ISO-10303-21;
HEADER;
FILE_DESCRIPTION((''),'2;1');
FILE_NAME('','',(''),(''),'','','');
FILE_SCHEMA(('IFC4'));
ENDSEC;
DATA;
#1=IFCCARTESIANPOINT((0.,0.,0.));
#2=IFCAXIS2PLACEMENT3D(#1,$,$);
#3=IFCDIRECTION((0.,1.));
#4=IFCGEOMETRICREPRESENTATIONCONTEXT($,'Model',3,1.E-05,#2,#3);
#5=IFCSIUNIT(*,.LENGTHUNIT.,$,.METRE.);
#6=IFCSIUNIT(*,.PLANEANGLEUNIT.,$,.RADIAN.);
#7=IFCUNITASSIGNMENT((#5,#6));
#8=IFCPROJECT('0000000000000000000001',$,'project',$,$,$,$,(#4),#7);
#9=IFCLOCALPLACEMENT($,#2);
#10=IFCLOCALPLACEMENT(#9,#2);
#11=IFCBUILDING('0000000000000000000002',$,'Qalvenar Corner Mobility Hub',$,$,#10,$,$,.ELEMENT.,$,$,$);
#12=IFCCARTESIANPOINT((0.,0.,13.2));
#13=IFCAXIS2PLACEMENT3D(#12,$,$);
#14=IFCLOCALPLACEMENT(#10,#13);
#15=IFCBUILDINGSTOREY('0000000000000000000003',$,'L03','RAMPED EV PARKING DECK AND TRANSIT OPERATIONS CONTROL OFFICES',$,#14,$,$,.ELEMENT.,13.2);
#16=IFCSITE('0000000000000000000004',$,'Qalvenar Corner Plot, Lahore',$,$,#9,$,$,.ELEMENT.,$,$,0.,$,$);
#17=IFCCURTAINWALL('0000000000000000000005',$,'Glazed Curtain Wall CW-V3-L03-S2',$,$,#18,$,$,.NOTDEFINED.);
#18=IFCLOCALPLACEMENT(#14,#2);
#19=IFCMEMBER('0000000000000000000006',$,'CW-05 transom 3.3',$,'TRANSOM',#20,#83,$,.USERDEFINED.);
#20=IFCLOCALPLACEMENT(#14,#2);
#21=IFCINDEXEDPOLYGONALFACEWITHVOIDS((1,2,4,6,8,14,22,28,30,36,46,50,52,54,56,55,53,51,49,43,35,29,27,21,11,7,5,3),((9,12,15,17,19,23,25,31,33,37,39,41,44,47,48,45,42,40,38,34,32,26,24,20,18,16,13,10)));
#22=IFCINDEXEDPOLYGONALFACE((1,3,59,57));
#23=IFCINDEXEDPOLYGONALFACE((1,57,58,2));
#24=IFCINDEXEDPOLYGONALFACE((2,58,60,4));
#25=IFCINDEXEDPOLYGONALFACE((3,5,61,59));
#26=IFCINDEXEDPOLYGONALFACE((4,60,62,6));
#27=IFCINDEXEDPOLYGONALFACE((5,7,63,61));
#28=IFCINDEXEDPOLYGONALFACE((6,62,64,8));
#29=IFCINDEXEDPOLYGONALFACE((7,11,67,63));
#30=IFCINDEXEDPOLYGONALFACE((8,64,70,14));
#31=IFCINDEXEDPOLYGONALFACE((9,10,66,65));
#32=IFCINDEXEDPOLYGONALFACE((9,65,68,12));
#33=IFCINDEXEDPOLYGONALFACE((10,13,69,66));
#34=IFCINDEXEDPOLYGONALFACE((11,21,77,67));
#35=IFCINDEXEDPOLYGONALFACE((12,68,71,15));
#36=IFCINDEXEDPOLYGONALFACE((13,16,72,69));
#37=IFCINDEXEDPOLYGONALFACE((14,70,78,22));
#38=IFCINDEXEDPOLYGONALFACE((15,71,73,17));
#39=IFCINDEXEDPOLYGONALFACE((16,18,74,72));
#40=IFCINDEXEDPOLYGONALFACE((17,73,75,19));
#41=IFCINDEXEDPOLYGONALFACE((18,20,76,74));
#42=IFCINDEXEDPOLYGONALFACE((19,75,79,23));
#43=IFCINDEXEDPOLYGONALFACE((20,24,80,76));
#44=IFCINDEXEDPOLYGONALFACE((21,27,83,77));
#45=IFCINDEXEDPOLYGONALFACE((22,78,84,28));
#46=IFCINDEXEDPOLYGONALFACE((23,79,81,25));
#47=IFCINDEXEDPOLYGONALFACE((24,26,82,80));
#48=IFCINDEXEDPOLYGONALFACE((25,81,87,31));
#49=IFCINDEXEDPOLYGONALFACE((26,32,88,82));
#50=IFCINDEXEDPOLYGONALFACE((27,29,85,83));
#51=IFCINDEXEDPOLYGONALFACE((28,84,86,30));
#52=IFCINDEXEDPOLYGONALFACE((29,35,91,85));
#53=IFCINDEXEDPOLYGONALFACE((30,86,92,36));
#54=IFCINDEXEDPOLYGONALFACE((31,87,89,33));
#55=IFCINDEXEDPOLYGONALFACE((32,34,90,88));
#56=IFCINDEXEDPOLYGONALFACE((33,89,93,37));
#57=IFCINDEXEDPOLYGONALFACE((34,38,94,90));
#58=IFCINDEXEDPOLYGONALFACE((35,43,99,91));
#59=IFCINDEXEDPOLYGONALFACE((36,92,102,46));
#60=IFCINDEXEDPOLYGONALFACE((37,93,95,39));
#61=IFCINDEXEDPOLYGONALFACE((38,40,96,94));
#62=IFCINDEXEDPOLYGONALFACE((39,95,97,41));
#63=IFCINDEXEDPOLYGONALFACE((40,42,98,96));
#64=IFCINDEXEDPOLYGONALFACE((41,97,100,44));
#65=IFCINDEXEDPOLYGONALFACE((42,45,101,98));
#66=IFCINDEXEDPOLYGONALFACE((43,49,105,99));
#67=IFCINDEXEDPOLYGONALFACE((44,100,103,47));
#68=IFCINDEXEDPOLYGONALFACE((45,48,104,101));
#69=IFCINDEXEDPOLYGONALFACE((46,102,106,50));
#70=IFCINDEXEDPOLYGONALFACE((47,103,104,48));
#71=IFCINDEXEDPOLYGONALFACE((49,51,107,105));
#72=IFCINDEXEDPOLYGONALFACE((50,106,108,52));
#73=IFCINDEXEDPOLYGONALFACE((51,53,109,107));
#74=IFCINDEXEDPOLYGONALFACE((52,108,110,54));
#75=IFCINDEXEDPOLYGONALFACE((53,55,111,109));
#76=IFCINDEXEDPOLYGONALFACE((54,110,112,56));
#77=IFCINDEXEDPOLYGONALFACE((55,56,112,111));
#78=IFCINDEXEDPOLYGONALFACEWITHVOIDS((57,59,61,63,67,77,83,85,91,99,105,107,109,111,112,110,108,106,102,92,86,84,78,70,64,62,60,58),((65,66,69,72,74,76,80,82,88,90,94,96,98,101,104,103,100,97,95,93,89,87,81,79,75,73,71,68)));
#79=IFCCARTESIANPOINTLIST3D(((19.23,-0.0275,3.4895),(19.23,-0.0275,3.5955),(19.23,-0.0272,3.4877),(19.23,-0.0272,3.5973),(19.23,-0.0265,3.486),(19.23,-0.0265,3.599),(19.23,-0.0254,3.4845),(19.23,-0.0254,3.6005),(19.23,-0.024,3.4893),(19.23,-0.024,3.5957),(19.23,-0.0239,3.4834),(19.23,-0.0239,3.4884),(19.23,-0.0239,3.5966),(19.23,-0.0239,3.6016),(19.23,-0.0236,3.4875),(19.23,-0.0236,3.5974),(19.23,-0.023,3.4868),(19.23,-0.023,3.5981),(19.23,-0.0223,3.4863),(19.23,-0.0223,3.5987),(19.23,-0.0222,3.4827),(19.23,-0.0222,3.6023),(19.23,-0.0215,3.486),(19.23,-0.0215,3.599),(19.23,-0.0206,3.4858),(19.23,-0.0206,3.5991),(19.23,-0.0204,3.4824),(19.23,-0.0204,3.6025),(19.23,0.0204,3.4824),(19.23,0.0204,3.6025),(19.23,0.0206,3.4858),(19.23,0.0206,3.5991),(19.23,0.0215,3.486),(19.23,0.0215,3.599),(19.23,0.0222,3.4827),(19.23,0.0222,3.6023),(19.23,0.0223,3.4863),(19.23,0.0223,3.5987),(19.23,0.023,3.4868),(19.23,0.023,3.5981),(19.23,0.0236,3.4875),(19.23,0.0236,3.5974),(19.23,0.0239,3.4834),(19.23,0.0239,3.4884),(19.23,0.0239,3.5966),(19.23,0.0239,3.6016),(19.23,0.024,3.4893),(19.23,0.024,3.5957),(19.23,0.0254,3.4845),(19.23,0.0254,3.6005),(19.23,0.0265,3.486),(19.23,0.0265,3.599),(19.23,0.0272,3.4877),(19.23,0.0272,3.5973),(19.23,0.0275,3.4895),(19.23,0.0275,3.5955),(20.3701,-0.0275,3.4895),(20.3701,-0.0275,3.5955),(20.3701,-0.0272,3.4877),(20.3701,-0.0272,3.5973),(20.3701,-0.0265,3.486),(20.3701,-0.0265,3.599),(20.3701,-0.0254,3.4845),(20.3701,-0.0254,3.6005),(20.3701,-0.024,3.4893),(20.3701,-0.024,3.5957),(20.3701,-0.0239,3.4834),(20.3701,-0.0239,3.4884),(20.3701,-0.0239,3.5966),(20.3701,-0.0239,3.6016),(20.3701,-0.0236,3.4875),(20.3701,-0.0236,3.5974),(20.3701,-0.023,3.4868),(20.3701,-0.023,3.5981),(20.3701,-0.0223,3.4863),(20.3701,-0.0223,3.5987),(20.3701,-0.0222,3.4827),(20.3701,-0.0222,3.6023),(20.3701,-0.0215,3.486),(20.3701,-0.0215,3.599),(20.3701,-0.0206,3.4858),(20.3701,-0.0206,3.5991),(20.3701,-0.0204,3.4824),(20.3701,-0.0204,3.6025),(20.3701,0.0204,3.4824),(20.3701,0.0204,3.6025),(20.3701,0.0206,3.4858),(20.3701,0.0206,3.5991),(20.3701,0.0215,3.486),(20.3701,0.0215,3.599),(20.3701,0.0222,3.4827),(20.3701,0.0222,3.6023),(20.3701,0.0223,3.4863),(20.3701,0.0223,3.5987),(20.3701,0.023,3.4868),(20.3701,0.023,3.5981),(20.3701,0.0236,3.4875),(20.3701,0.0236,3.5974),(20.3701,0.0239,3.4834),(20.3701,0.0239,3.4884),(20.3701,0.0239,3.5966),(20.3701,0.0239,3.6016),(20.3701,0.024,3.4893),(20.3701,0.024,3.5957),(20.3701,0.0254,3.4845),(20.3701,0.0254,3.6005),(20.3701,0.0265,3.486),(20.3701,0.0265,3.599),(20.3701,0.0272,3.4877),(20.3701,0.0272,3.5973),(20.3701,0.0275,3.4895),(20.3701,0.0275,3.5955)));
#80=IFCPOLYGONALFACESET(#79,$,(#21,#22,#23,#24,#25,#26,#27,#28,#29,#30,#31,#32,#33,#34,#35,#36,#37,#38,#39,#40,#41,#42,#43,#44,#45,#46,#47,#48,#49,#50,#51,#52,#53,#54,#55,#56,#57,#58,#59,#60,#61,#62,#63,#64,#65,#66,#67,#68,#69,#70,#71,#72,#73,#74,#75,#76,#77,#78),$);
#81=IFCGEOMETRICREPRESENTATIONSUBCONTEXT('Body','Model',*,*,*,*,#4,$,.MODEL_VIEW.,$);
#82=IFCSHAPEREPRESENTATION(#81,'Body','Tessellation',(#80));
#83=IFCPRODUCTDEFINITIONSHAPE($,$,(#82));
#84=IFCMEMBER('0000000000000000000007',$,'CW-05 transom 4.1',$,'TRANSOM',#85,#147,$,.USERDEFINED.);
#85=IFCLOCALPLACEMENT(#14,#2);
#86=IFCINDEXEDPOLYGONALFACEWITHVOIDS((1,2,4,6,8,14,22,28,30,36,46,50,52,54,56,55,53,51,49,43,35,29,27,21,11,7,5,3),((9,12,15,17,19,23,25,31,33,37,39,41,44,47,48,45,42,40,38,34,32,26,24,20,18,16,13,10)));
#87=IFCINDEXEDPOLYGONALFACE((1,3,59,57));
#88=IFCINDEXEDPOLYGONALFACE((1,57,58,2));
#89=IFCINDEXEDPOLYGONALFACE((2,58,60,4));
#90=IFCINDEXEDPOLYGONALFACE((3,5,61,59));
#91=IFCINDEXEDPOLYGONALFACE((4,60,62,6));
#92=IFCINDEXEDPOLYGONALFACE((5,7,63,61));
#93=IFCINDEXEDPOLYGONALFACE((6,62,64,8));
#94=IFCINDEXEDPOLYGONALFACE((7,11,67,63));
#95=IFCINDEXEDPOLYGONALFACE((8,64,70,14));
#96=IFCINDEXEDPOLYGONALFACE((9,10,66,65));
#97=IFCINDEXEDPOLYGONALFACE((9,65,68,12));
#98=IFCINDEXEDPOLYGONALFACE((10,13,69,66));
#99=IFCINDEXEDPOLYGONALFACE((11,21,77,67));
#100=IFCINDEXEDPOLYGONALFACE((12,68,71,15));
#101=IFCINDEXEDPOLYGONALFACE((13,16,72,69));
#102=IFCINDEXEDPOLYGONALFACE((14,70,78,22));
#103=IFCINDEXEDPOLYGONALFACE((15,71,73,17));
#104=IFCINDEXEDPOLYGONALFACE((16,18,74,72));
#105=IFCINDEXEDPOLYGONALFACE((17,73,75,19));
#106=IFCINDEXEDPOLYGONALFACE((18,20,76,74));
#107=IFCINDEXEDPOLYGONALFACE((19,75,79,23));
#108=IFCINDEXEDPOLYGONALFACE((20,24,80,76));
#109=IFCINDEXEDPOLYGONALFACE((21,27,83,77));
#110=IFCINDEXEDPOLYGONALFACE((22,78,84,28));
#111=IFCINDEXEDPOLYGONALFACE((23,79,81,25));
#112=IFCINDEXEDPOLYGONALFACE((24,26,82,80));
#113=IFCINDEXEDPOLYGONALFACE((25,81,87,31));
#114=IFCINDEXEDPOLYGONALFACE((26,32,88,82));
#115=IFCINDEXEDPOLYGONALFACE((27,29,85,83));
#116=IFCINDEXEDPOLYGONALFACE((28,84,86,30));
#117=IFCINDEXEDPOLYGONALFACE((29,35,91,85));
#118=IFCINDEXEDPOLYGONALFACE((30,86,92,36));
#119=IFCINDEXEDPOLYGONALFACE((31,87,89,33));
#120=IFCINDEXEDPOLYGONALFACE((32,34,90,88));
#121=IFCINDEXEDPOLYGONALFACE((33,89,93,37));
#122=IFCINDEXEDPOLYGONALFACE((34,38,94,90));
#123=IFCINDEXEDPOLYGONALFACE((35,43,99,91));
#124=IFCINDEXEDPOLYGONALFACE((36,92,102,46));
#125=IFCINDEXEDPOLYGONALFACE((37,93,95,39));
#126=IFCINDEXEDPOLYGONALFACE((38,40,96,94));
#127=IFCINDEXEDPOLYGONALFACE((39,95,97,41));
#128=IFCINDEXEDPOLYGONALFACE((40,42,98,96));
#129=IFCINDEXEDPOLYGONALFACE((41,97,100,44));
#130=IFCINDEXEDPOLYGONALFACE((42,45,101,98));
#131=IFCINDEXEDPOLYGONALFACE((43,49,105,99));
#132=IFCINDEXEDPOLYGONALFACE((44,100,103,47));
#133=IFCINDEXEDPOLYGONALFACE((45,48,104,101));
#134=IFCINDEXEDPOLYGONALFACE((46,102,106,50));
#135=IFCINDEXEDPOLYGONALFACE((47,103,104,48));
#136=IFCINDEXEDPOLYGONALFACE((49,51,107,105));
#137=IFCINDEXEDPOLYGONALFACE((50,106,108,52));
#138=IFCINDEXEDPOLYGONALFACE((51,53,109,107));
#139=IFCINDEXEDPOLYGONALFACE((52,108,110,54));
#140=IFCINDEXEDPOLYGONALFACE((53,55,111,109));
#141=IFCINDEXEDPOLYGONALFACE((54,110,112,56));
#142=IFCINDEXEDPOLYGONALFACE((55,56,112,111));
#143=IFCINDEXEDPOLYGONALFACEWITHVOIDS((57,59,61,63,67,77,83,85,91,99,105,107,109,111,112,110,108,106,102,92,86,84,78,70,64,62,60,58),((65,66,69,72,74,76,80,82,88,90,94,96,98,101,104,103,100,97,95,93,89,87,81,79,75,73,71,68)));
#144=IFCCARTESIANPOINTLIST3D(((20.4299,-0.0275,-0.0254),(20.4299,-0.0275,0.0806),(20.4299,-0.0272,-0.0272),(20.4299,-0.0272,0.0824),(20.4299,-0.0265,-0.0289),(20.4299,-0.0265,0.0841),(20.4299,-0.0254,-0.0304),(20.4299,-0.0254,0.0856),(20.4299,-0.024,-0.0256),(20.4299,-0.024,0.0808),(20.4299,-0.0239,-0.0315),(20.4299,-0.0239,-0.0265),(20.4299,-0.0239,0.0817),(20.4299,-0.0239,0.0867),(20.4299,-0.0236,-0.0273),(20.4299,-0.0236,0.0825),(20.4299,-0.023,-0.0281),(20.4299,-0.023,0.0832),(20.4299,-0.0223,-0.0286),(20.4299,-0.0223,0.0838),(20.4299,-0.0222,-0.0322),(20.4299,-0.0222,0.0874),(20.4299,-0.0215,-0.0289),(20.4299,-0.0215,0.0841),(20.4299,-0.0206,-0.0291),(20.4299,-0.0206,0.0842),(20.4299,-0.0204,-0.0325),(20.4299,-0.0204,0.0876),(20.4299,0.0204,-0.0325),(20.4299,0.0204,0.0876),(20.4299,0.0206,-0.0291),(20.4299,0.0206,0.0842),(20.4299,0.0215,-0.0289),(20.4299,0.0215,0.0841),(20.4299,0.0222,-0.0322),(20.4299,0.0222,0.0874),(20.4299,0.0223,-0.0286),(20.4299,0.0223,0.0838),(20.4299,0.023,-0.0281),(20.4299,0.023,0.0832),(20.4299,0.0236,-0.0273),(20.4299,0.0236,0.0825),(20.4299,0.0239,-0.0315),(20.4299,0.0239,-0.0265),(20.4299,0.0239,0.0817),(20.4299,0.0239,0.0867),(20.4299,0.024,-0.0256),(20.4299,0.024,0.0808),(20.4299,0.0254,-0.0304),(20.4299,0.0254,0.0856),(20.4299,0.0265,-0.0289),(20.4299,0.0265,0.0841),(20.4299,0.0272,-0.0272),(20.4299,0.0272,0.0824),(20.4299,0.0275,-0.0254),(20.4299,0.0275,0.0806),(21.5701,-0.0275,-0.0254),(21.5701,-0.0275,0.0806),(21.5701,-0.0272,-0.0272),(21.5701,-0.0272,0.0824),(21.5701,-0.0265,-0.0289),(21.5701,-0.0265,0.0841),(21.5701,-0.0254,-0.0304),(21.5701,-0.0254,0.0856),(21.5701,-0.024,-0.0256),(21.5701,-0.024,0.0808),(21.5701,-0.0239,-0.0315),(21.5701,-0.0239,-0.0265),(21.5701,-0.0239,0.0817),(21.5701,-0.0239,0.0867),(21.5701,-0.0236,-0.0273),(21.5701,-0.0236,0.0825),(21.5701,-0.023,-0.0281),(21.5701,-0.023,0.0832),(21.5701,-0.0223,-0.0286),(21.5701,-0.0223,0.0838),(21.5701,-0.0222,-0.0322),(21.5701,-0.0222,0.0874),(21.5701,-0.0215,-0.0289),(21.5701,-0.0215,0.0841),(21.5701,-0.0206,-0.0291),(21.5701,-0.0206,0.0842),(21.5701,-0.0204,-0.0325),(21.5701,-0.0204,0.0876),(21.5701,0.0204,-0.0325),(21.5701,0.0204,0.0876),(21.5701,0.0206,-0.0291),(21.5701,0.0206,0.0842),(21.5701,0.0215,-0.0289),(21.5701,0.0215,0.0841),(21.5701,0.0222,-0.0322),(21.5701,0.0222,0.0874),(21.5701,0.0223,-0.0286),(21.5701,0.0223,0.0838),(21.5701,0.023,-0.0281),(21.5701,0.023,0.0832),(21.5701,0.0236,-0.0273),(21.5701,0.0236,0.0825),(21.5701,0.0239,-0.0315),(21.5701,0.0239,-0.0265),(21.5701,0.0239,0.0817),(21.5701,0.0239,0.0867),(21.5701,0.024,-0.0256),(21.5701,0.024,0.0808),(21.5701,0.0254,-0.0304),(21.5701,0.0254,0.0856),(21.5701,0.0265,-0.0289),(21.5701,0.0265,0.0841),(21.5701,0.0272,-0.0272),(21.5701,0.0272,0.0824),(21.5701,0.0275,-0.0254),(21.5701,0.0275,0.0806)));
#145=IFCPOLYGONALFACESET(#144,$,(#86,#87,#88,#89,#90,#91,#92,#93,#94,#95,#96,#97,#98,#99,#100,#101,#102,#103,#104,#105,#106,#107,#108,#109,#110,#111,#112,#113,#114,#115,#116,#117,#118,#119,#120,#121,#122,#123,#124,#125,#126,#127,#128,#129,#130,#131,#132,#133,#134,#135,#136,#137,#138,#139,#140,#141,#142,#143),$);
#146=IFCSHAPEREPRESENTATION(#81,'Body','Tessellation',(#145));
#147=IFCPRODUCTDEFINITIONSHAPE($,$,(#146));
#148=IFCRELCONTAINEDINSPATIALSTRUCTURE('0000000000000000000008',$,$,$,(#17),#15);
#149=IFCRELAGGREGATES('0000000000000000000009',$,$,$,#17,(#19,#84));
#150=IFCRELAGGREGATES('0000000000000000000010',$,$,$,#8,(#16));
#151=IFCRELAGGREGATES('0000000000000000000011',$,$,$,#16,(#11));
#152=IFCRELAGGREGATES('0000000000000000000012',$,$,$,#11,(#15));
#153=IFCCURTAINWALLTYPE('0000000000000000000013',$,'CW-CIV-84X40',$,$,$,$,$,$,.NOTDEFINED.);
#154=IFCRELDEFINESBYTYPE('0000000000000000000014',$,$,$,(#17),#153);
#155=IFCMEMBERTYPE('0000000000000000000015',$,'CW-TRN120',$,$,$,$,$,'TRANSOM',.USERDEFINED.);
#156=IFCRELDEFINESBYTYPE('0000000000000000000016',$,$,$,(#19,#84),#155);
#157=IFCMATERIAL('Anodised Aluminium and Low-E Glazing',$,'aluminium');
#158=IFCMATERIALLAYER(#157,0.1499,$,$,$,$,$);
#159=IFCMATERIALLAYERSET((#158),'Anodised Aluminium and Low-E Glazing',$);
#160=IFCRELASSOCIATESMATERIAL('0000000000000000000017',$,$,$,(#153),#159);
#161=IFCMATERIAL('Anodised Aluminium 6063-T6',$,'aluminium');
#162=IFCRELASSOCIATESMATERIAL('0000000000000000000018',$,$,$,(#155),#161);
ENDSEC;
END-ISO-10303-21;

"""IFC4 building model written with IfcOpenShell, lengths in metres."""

from ifc_helpers import new_model, si_unit, direction, frame, origin, origin_2d, place, context, subcontext, project, spatial, hollow_rectangle, extrude, material, layer, layer_set, material_profile, profile_set, type_object, element, aggregate, save


model = new_model("IFC4")

# Units and contexts
model_context = context("Model", 3, precision=1e-05, world=origin(), true_north=direction((0.0, 1.0)))
body_context = subcontext(model_context, "Body", "Model", "MODEL_VIEW")
ifc_project = project(units=[si_unit("LENGTHUNIT", "METRE"), si_unit("PLANEANGLEUNIT", "RADIAN")], contexts=[model_context])

# Site, building, storey
site_placement = place(None, origin())
site = spatial("IfcSite", under=ifc_project, at=site_placement, Name="Qalvenar Corner Plot, Lahore", CompositionType="ELEMENT", RefElevation=0.0)
building_placement = place(site_placement, origin())
building = spatial("IfcBuilding", under=site, at=building_placement, Name="Qalvenar Corner Mobility Hub", CompositionType="ELEMENT")
storey_placement = place(building_placement, frame((0.0, 0.0, 13.2)))
storey = spatial("IfcBuildingStorey", under=building, at=storey_placement, Name="L03", Description="RAMPED EV PARKING DECK AND TRANSIT OPERATIONS CONTROL OFFICES", CompositionType="ELEMENT", Elevation=13.2)

# Curtain wall, members
ifc_material_1 = material(Name="Anodised Aluminium and Low-E Glazing", Category="aluminium")
ifc_layer_1 = layer(ifc_material_1, 0.1499)
ifc_layer_set_1 = layer_set([ifc_layer_1], Name="Anodised Aluminium and Low-E Glazing")
curtain_wall_type = type_object("IfcCurtainWallType", Name="CW-CIV-84X40", PredefinedType="NOTDEFINED", material=ifc_layer_set_1)
curtain_wall_placement = place(storey_placement, origin())
curtain_wall = element("IfcCurtainWall", 1, at=curtain_wall_placement, inside=storey, type_object=curtain_wall_type, Name="Glazed Curtain Wall CW-V3-L03-S2", PredefinedType="NOTDEFINED")
ifc_material_2 = material(Name="Anodised Aluminium 6063-T6", Category="aluminium")
ifc_material_profile_1 = material_profile(ifc_material_2, hollow_rectangle(XDim=0.0549, YDim=0.1201, WallThickness=0.0034, InnerFilletRadius=0.0034, OuterFilletRadius=0.0071, at=origin_2d()), Name="RHS120x55x3.5")
ifc_profile_set_1 = profile_set([ifc_material_profile_1], Name="Anodised Aluminium 6063-T6")
member_type_1 = type_object("IfcMemberType", Name="CW-TRN120", ElementType="TRANSOM", PredefinedType="USERDEFINED", material=ifc_profile_set_1)
member_1_placement = place(storey_placement, frame((19.23, 0.0, 3.5425), z_axis=(1.0, 0.0, 0.0), x_axis=(0.0, 1.0, 0.0)))
member_1 = element("IfcMember", 2, at=member_1_placement, type_object=member_type_1, Name="CW-05 transom 3.3", ObjectType="TRANSOM", PredefinedType="USERDEFINED", context=body_context, shape_type="SweptSolid", body=[
    extrude(hollow_rectangle(XDim=0.0549, YDim=0.1201, WallThickness=0.0034, InnerFilletRadius=0.0034, OuterFilletRadius=0.0071, at=origin_2d()), origin(), (0.0, 0.0, 1.0), 1.1401),
])
member_2_placement = place(storey_placement, frame((20.4299, 0.0, 0.0276), z_axis=(1.0, 0.0, 0.0), x_axis=(0.0, 1.0, 0.0)))
member_2 = element("IfcMember", 3, at=member_2_placement, type_object=member_type_1, Name="CW-05 transom 4.1", ObjectType="TRANSOM", PredefinedType="USERDEFINED", context=body_context, shape_type="SweptSolid", body=[
    extrude(hollow_rectangle(XDim=0.0549, YDim=0.1201, WallThickness=0.0034, InnerFilletRadius=0.0034, OuterFilletRadius=0.0071, at=origin_2d()), origin(), (0.0, 0.0, 1.0), 1.1401),
])
aggregate(curtain_wall, [member_1, member_2])

save(model, "model.ifc")
